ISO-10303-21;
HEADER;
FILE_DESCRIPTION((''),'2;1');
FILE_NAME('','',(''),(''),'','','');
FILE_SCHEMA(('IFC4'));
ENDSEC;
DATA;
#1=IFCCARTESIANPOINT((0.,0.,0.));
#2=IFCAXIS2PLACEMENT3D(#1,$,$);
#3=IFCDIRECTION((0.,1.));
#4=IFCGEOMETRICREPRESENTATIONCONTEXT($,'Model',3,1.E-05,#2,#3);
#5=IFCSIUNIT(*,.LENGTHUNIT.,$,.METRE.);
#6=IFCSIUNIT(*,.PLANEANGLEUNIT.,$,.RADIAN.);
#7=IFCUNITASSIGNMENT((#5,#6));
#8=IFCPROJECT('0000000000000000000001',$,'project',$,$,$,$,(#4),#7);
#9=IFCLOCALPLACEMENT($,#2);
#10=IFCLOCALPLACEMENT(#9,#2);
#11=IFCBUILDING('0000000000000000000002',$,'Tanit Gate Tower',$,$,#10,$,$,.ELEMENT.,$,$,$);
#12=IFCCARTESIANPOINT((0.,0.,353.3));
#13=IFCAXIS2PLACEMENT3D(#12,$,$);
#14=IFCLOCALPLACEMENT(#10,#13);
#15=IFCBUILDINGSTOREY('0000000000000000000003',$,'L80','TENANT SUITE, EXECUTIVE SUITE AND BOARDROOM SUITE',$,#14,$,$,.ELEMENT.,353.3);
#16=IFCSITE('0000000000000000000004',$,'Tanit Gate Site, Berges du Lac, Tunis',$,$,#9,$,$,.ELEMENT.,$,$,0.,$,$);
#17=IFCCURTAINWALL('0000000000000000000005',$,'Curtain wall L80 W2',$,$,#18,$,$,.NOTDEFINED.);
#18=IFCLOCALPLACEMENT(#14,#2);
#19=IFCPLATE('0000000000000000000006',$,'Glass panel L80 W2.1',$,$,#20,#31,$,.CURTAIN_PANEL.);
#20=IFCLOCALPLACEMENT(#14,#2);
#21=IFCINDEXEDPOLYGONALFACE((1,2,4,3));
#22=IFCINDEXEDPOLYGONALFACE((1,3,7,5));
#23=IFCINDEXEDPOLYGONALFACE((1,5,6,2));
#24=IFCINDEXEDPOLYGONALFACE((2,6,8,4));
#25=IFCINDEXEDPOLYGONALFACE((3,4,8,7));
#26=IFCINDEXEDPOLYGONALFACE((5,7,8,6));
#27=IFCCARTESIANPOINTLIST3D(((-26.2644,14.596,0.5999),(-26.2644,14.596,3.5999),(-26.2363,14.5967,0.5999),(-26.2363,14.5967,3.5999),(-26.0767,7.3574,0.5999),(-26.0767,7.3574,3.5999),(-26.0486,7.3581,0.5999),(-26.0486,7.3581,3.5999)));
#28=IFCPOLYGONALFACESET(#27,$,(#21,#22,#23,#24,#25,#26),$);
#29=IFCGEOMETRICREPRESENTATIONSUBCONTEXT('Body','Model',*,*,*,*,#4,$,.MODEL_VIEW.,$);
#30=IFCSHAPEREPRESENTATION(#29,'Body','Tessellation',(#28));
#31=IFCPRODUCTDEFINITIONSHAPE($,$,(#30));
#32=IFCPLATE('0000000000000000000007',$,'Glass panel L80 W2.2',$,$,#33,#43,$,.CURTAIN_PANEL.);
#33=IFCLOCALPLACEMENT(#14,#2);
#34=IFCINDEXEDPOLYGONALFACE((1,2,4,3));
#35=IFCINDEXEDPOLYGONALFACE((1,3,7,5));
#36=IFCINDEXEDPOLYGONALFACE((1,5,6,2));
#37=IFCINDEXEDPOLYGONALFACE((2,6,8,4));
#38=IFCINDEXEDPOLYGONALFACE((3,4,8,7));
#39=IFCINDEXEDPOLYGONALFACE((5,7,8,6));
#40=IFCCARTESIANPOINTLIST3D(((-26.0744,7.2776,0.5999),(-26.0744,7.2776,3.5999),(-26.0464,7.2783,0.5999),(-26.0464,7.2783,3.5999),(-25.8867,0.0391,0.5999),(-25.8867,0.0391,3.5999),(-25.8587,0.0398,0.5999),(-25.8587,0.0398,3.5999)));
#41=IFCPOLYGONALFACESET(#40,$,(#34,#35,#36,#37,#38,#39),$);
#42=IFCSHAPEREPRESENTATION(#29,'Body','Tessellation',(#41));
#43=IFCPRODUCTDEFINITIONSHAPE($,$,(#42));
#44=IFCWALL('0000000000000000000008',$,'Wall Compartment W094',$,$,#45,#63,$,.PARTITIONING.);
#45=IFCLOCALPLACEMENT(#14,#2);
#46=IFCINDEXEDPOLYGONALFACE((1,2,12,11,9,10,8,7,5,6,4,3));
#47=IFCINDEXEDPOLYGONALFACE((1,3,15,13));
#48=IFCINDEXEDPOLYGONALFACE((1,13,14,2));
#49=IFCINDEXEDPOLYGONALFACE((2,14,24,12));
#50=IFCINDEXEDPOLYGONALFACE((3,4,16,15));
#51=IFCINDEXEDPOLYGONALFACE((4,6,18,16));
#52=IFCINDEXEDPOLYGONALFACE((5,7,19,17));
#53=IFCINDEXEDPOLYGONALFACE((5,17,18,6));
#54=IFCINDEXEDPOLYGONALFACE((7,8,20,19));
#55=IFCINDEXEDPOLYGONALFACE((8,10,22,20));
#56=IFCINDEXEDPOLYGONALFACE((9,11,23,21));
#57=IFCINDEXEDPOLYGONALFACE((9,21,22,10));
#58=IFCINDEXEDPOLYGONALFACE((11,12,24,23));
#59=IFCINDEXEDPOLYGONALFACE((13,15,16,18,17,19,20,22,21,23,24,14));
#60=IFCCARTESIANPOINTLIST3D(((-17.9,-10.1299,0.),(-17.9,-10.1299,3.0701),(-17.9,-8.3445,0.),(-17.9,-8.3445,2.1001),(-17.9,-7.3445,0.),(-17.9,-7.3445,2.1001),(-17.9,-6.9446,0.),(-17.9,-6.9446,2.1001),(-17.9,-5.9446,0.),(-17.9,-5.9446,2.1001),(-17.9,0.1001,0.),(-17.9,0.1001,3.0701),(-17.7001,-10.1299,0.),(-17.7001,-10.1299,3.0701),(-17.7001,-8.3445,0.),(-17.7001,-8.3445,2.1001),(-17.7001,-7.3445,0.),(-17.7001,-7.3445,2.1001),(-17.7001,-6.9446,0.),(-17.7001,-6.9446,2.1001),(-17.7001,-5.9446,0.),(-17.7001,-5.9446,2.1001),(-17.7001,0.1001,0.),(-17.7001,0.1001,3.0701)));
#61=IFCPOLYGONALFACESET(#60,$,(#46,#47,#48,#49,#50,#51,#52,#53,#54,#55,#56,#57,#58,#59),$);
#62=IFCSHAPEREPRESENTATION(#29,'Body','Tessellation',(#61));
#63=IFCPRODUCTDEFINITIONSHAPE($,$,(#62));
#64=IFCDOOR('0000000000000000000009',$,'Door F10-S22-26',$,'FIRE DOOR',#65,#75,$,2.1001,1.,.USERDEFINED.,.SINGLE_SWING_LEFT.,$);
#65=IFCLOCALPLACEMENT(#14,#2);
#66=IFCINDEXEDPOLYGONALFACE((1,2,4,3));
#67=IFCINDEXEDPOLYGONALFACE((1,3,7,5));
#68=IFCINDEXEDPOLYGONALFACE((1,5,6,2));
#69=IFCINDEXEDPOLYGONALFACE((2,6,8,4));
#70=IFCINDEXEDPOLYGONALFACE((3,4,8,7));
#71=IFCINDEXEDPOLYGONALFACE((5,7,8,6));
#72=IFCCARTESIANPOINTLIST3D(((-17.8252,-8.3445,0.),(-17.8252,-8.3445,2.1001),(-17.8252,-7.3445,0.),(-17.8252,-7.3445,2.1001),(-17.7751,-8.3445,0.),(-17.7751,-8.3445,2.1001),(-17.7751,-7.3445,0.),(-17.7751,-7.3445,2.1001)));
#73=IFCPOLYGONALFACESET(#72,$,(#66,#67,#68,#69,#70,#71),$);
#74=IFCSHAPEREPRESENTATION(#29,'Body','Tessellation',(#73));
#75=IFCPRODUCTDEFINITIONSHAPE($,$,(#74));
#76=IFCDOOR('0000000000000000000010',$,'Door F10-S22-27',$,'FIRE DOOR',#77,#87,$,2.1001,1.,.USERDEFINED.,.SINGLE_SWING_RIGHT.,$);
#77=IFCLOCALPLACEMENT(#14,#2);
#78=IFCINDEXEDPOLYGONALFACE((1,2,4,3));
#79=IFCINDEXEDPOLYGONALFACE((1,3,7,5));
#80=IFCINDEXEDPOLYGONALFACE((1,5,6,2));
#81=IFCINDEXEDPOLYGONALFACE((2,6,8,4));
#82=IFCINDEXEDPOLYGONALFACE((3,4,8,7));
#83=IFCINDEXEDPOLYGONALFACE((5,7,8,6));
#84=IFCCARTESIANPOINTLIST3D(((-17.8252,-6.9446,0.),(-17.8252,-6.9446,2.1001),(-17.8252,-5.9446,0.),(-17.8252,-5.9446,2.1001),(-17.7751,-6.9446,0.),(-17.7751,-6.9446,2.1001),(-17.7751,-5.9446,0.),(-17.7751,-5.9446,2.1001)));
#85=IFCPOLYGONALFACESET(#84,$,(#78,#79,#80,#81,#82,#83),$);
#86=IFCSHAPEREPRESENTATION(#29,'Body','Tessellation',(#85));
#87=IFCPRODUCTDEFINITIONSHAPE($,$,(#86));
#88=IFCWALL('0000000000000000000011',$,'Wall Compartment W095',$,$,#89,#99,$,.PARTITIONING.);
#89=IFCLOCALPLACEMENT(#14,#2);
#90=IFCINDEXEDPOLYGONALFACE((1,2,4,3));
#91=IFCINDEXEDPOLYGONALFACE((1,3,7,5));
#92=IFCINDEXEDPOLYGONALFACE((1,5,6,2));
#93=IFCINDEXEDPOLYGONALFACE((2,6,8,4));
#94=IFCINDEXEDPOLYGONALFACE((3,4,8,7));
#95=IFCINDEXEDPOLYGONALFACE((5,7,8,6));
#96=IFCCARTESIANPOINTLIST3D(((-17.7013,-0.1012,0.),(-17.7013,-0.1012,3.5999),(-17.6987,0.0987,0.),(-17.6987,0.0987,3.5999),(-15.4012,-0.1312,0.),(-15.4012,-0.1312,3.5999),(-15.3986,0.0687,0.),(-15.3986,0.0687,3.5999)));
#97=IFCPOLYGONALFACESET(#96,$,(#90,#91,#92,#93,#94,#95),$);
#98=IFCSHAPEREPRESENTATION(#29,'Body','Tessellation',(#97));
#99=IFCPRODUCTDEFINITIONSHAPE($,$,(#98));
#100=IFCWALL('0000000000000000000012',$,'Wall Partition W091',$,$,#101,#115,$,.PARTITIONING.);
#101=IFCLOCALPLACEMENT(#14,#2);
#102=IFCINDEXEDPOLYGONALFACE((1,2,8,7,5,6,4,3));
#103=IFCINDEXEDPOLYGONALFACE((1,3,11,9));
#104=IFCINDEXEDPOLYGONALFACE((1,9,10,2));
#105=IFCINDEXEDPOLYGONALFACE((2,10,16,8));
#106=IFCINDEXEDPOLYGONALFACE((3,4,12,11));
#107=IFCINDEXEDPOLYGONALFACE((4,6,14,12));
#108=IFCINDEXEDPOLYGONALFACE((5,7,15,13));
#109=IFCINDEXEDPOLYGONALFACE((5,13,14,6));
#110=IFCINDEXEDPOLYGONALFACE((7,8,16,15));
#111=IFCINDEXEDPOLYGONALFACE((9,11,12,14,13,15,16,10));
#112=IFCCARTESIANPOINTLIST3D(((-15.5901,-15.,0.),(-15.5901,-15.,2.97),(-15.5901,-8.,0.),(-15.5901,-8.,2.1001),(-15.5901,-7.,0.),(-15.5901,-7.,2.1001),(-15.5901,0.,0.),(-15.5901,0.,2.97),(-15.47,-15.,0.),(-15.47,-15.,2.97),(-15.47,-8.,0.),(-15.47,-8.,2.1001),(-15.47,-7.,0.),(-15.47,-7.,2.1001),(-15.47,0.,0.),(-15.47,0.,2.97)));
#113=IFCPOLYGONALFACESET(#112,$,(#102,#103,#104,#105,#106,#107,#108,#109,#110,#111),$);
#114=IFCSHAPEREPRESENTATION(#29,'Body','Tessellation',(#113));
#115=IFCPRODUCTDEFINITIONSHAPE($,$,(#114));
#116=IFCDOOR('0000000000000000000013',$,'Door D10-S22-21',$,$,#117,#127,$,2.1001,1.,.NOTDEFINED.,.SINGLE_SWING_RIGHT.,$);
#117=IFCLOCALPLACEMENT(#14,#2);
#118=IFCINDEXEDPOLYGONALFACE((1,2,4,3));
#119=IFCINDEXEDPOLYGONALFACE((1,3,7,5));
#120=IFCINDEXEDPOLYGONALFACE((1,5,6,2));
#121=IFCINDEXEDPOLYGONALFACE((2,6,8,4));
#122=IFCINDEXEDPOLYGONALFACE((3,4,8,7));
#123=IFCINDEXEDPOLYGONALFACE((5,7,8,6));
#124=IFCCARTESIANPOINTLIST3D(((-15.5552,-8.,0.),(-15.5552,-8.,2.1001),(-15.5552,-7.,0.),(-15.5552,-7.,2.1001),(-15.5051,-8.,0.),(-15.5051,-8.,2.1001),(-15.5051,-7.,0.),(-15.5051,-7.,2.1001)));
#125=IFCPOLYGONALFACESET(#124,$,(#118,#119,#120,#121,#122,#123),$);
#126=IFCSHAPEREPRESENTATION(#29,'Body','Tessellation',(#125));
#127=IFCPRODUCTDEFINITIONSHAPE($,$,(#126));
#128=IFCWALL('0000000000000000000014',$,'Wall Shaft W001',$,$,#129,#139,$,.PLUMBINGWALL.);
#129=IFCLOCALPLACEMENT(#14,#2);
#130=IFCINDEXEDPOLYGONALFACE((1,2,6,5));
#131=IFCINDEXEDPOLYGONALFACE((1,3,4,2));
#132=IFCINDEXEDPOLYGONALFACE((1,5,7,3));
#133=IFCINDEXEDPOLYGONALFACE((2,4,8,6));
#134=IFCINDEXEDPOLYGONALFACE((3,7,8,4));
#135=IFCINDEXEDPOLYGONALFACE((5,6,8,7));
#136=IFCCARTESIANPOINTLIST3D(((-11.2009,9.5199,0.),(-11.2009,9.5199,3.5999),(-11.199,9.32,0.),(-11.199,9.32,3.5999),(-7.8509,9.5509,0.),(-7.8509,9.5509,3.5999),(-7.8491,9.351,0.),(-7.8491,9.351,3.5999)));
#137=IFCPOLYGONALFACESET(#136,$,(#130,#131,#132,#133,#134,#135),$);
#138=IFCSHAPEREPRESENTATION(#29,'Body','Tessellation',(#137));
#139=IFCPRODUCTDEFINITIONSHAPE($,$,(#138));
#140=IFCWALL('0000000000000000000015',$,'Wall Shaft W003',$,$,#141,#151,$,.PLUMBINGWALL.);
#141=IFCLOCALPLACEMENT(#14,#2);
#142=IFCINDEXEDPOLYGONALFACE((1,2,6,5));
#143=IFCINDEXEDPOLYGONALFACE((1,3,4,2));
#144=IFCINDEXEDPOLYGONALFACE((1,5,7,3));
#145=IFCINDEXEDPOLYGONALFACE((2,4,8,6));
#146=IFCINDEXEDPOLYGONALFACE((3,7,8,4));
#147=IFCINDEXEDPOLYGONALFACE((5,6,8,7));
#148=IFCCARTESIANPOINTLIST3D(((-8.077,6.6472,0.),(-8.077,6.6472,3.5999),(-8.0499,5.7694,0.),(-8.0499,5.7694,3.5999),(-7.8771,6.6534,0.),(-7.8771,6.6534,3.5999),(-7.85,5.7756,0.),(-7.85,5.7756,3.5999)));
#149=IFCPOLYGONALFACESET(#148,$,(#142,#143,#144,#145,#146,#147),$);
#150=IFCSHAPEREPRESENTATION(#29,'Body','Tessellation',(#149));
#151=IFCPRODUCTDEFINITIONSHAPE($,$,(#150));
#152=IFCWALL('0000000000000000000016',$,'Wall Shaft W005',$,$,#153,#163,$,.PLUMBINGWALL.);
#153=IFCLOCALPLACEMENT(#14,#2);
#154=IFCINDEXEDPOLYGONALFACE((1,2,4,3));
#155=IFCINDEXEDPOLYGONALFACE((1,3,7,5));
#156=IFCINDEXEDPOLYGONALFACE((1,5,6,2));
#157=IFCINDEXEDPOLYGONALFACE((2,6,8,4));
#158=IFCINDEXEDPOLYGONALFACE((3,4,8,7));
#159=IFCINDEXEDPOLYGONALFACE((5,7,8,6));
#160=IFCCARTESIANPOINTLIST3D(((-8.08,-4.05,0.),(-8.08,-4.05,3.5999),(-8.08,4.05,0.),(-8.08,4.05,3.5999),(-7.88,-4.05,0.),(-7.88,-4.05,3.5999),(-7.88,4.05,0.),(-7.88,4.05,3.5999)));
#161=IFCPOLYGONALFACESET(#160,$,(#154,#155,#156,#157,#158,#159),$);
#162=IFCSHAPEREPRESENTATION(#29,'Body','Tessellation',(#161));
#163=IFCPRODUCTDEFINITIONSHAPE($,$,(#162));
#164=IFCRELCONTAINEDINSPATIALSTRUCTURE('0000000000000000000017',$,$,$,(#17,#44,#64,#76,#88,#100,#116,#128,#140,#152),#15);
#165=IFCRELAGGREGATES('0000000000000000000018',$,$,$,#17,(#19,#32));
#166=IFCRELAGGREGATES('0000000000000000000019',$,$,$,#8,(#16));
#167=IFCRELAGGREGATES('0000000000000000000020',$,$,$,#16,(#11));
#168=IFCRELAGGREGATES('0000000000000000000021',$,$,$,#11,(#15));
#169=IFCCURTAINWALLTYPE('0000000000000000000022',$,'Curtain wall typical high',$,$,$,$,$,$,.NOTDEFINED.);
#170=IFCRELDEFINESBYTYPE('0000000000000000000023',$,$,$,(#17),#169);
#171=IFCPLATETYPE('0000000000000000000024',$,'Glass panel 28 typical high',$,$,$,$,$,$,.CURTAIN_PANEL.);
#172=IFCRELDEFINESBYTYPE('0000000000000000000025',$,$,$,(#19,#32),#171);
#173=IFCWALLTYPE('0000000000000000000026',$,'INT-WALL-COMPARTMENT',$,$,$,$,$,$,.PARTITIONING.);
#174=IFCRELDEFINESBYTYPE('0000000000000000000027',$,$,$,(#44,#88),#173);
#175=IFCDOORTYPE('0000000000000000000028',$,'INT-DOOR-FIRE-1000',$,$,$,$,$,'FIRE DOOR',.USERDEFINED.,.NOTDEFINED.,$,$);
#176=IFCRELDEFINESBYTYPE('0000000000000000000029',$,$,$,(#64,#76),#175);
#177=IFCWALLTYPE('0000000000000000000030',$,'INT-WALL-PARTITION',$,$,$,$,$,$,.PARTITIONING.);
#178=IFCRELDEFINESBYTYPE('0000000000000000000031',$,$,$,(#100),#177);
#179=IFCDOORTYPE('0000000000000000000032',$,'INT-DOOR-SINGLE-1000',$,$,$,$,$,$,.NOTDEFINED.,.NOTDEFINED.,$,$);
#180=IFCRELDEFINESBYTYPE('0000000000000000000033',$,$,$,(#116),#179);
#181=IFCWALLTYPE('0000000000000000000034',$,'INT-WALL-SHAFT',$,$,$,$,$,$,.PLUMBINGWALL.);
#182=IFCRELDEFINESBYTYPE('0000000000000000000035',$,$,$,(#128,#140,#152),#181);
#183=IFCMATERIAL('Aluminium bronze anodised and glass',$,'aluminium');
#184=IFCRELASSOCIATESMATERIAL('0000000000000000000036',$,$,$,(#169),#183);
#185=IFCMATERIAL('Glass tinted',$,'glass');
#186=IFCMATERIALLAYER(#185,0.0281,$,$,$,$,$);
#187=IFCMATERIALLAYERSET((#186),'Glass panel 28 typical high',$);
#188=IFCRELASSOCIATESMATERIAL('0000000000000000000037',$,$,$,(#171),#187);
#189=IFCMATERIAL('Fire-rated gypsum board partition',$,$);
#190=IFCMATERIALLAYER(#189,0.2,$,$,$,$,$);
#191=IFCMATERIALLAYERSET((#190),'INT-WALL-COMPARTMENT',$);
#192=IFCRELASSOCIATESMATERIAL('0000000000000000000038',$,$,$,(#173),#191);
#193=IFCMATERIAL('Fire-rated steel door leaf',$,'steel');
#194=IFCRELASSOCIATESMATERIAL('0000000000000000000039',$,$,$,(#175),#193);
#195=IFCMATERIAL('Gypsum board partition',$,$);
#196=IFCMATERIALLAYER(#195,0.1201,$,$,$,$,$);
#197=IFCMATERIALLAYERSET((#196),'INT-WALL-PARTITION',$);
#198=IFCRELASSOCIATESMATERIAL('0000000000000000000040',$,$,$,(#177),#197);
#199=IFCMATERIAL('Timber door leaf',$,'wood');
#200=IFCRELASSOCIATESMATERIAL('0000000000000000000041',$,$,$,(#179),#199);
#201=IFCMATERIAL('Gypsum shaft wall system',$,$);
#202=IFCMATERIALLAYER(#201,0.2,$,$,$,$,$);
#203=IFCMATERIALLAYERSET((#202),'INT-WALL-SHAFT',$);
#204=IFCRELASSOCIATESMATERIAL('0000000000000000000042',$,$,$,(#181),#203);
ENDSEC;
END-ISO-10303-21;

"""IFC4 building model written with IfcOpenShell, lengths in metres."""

from ifc_helpers import new_model, si_unit, direction, frame, frame_2d, origin, origin_2d, place, context, subcontext, project, spatial, rectangle, extrude, material, layer, layer_set, type_object, element, fill, aggregate, save


model = new_model("IFC4")

# Units and contexts
model_context = context("Model", 3, precision=1e-05, world=origin(), true_north=direction((0.0, 1.0)))
body_context = subcontext(model_context, "Body", "Model", "MODEL_VIEW")
ifc_project = project(units=[si_unit("LENGTHUNIT", "METRE"), si_unit("PLANEANGLEUNIT", "RADIAN")], contexts=[model_context])

# Site, building, storey
site_placement = place(None, origin())
site = spatial("IfcSite", under=ifc_project, at=site_placement, Name="Tanit Gate Site, Berges du Lac, Tunis", CompositionType="ELEMENT", RefElevation=0.0)
building_placement = place(site_placement, origin())
building = spatial("IfcBuilding", under=site, at=building_placement, Name="Tanit Gate Tower", CompositionType="ELEMENT")
storey_placement = place(building_placement, frame((0.0, 0.0, 353.3)))
storey = spatial("IfcBuildingStorey", under=building, at=storey_placement, Name="L80", Description="TENANT SUITE, EXECUTIVE SUITE AND BOARDROOM SUITE", CompositionType="ELEMENT", Elevation=353.3)

# Curtain wall
ifc_material_1 = material(Name="Aluminium bronze anodised and glass", Category="aluminium")
curtain_wall_type = type_object("IfcCurtainWallType", Name="Curtain wall typical high", PredefinedType="NOTDEFINED", material=ifc_material_1)
curtain_wall_placement = place(storey_placement, origin())
curtain_wall = element("IfcCurtainWall", 1, at=curtain_wall_placement, inside=storey, type_object=curtain_wall_type, Name="Curtain wall L80 W2", PredefinedType="NOTDEFINED")

# Plates
ifc_material_2 = material(Name="Glass tinted", Category="glass")
ifc_layer_1 = layer(ifc_material_2, 0.0281)
ifc_layer_set_1 = layer_set([ifc_layer_1], Name="Glass panel 28 typical high")
plate_type = type_object("IfcPlateType", Name="Glass panel 28 typical high", PredefinedType="CURTAIN_PANEL", material=ifc_layer_set_1)
plate_1_placement = place(storey_placement, frame((-26.1565, 10.9771, 0.5999), z_axis=(0.0, 0.0, 1.0), x_axis=(0.025924, -0.999664, 0.0)))
plate_1 = element("IfcPlate", 2, at=plate_1_placement, type_object=plate_type, Name="Glass panel L80 W2.1", PredefinedType="CURTAIN_PANEL", context=body_context, shape_type="SweptSolid", body=[
    extrude(rectangle(XDim=7.241, YDim=0.0281, at=origin_2d()), origin(), (0.0, 0.0, 1.0), 3.0),
])
plate_2_placement = place(storey_placement, frame((-25.9666, 3.6587, 0.5999), z_axis=(0.0, 0.0, 1.0), x_axis=(0.025924, -0.999664, 0.0)))
plate_2 = element("IfcPlate", 3, at=plate_2_placement, type_object=plate_type, Name="Glass panel L80 W2.2", PredefinedType="CURTAIN_PANEL", context=body_context, shape_type="SweptSolid", body=[
    extrude(rectangle(XDim=7.241, YDim=0.0281, at=origin_2d()), origin(), (0.0, 0.0, 1.0), 3.0),
])
aggregate(curtain_wall, [plate_1, plate_2])

# Wall, openings, doors
ifc_material_3 = material(Name="Fire-rated gypsum board partition")
ifc_layer_2 = layer(ifc_material_3, 0.2)
ifc_layer_set_2 = layer_set([ifc_layer_2], Name="INT-WALL-COMPARTMENT")
wall_type_1 = type_object("IfcWallType", Name="INT-WALL-COMPARTMENT", PredefinedType="PARTITIONING", material=ifc_layer_set_2)
wall_1_placement = place(storey_placement, frame((-17.8, 0.1001, 0.0), z_axis=(0.0, 0.0, 1.0), x_axis=(0.0, -1.0, 0.0)))
wall_1 = element("IfcWall", 4, at=wall_1_placement, inside=storey, type_object=wall_type_1, Name="Wall Compartment W094", PredefinedType="PARTITIONING", context=body_context, shape_type="SweptSolid", body=[
    extrude(rectangle(XDim=10.23, YDim=0.2, at=frame_2d((5.115, 0.0))), origin(), (0.0, 0.0, 1.0), 3.0701),
])
opening_1_placement = place(wall_1_placement, frame((7.4446, 0.0, 0.0)))
opening_1 = element("IfcOpeningElement", 5, at=opening_1_placement, cuts=wall_1, PredefinedType="OPENING", context=body_context, shape_type="SweptSolid", body=[
    extrude(rectangle(XDim=1.0, YDim=2.1001, at=frame_2d((0.5, 1.05))), frame((0.0, 0.1099, 0.0), z_axis=(0.0, -1.0, 0.0), x_axis=(1.0, 0.0, 0.0)), (0.0, 0.0, 1.0), 0.22),
])
opening_2_placement = place(wall_1_placement, frame((6.0447, 0.0, 0.0)))
opening_2 = element("IfcOpeningElement", 6, at=opening_2_placement, cuts=wall_1, PredefinedType="OPENING", context=body_context, shape_type="SweptSolid", body=[
    extrude(rectangle(XDim=1.0, YDim=2.1001, at=frame_2d((0.5, 1.05))), frame((0.0, 0.1099, 0.0), z_axis=(0.0, -1.0, 0.0), x_axis=(1.0, 0.0, 0.0)), (0.0, 0.0, 1.0), 0.22),
])
ifc_material_4 = material(Name="Fire-rated steel door leaf", Category="steel")
door_type_1 = type_object("IfcDoorType", Name="INT-DOOR-FIRE-1000", ElementType="FIRE DOOR", OperationType="NOTDEFINED", PredefinedType="USERDEFINED", material=ifc_material_4)
door_1_placement = place(opening_1_placement, origin())
door_1 = element("IfcDoor", 7, at=door_1_placement, inside=storey, type_object=door_type_1, Name="Door F10-S22-26", ObjectType="FIRE DOOR", OperationType="SINGLE_SWING_LEFT", OverallHeight=2.1001, OverallWidth=1.0, PredefinedType="USERDEFINED", context=body_context, shape_type="SweptSolid", body=[
    extrude(rectangle(XDim=1.0, YDim=2.1001, at=frame_2d((0.5, 1.05))), frame((0.0, 0.0249, 0.0), z_axis=(0.0, -1.0, 0.0), x_axis=(1.0, 0.0, 0.0)), (0.0, 0.0, 1.0), 0.05),
])
fill(opening_1, door_1)
door_2_placement = place(opening_2_placement, origin())
door_2 = element("IfcDoor", 8, at=door_2_placement, inside=storey, type_object=door_type_1, Name="Door F10-S22-27", ObjectType="FIRE DOOR", OperationType="SINGLE_SWING_RIGHT", OverallHeight=2.1001, OverallWidth=1.0, PredefinedType="USERDEFINED", context=body_context, shape_type="SweptSolid", body=[
    extrude(rectangle(XDim=1.0, YDim=2.1001, at=frame_2d((0.5, 1.05))), frame((0.0, 0.0249, 0.0), z_axis=(0.0, -1.0, 0.0), x_axis=(1.0, 0.0, 0.0)), (0.0, 0.0, 1.0), 0.05),
])
fill(opening_2, door_2)

# Wall
wall_2_placement = place(storey_placement, frame((-15.3999, -0.0312, 0.0), z_axis=(0.0, 0.0, 1.0), x_axis=(-0.999915, 0.013055, 0.0)))
element("IfcWall", 9, at=wall_2_placement, inside=storey, type_object=wall_type_1, Name="Wall Compartment W095", PredefinedType="PARTITIONING", context=body_context, shape_type="SweptSolid", body=[
    extrude(rectangle(XDim=2.3003, YDim=0.2, at=frame_2d((1.1501, 0.0))), origin(), (0.0, 0.0, 1.0), 3.5999),
])

# Wall, opening, door
ifc_material_5 = material(Name="Gypsum board partition")
ifc_layer_3 = layer(ifc_material_5, 0.1201)
ifc_layer_set_3 = layer_set([ifc_layer_3], Name="INT-WALL-PARTITION")
wall_type_2 = type_object("IfcWallType", Name="INT-WALL-PARTITION", PredefinedType="PARTITIONING", material=ifc_layer_set_3)
wall_3_placement = place(storey_placement, frame((-15.53, 0.0, 0.0), z_axis=(0.0, 0.0, 1.0), x_axis=(0.0, -1.0, 0.0)))
wall_3 = element("IfcWall", 10, at=wall_3_placement, inside=storey, type_object=wall_type_2, Name="Wall Partition W091", PredefinedType="PARTITIONING", context=body_context, shape_type="SweptSolid", body=[
    extrude(rectangle(XDim=15.0, YDim=0.1201, at=frame_2d((7.5, 0.0))), origin(), (0.0, 0.0, 1.0), 2.97),
])
opening_3_placement = place(wall_3_placement, frame((7.0, 0.0, 0.0)))
opening_3 = element("IfcOpeningElement", 11, at=opening_3_placement, cuts=wall_3, PredefinedType="OPENING", context=body_context, shape_type="SweptSolid", body=[
    extrude(rectangle(XDim=1.0, YDim=2.1001, at=frame_2d((0.5, 1.05))), frame((0.0, 0.0701, 0.0), z_axis=(0.0, -1.0, 0.0), x_axis=(1.0, 0.0, 0.0)), (0.0, 0.0, 1.0), 0.1401),
])
ifc_material_6 = material(Name="Timber door leaf", Category="wood")
door_type_2 = type_object("IfcDoorType", Name="INT-DOOR-SINGLE-1000", OperationType="NOTDEFINED", PredefinedType="NOTDEFINED", material=ifc_material_6)
door_3_placement = place(opening_3_placement, origin())
door_3 = element("IfcDoor", 12, at=door_3_placement, inside=storey, type_object=door_type_2, Name="Door D10-S22-21", OperationType="SINGLE_SWING_RIGHT", OverallHeight=2.1001, OverallWidth=1.0, PredefinedType="NOTDEFINED", context=body_context, shape_type="SweptSolid", body=[
    extrude(rectangle(XDim=1.0, YDim=2.1001, at=frame_2d((0.5, 1.05))), frame((0.0, 0.0249, 0.0), z_axis=(0.0, -1.0, 0.0), x_axis=(1.0, 0.0, 0.0)), (0.0, 0.0, 1.0), 0.05),
])
fill(opening_3, door_3)

# Walls
ifc_material_7 = material(Name="Gypsum shaft wall system")
ifc_layer_4 = layer(ifc_material_7, 0.2)
ifc_layer_set_4 = layer_set([ifc_layer_4], Name="INT-WALL-SHAFT")
wall_type_3 = type_object("IfcWallType", Name="INT-WALL-SHAFT", PredefinedType="PLUMBINGWALL", material=ifc_layer_set_4)
wall_4_placement = place(storey_placement, frame((-11.2, 9.4199, 0.0), z_axis=(0.0, 0.0, 1.0), x_axis=(0.999957, 0.009255, 0.0)))
element("IfcWall", 13, at=wall_4_placement, inside=storey, type_object=wall_type_3, Name="Wall Shaft W001", PredefinedType="PLUMBINGWALL", context=body_context, shape_type="SweptSolid", body=[
    extrude(rectangle(XDim=3.3501, YDim=0.2, at=frame_2d((1.675, 0.0))), origin(), (0.0, 0.0, 1.0), 3.5999),
])
wall_5_placement = place(storey_placement, frame((-7.9771, 6.6501, 0.0), z_axis=(0.0, 0.0, 1.0), x_axis=(0.030862, -0.999524, 0.0)))
element("IfcWall", 14, at=wall_5_placement, inside=storey, type_object=wall_type_3, Name="Wall Shaft W003", PredefinedType="PLUMBINGWALL", context=body_context, shape_type="SweptSolid", body=[
    extrude(rectangle(XDim=0.8782, YDim=0.2, at=frame_2d((0.439, 0.0))), origin(), (0.0, 0.0, 1.0), 3.5999),
])
wall_6_placement = place(storey_placement, frame((-7.98, 4.05, 0.0), z_axis=(0.0, 0.0, 1.0), x_axis=(0.0, -1.0, 0.0)))
element("IfcWall", 15, at=wall_6_placement, inside=storey, type_object=wall_type_3, Name="Wall Shaft W005", PredefinedType="PLUMBINGWALL", context=body_context, shape_type="SweptSolid", body=[
    extrude(rectangle(XDim=8.1001, YDim=0.2, at=frame_2d((4.05, 0.0))), origin(), (0.0, 0.0, 1.0), 3.5999),
])

save(model, "model.ifc")
